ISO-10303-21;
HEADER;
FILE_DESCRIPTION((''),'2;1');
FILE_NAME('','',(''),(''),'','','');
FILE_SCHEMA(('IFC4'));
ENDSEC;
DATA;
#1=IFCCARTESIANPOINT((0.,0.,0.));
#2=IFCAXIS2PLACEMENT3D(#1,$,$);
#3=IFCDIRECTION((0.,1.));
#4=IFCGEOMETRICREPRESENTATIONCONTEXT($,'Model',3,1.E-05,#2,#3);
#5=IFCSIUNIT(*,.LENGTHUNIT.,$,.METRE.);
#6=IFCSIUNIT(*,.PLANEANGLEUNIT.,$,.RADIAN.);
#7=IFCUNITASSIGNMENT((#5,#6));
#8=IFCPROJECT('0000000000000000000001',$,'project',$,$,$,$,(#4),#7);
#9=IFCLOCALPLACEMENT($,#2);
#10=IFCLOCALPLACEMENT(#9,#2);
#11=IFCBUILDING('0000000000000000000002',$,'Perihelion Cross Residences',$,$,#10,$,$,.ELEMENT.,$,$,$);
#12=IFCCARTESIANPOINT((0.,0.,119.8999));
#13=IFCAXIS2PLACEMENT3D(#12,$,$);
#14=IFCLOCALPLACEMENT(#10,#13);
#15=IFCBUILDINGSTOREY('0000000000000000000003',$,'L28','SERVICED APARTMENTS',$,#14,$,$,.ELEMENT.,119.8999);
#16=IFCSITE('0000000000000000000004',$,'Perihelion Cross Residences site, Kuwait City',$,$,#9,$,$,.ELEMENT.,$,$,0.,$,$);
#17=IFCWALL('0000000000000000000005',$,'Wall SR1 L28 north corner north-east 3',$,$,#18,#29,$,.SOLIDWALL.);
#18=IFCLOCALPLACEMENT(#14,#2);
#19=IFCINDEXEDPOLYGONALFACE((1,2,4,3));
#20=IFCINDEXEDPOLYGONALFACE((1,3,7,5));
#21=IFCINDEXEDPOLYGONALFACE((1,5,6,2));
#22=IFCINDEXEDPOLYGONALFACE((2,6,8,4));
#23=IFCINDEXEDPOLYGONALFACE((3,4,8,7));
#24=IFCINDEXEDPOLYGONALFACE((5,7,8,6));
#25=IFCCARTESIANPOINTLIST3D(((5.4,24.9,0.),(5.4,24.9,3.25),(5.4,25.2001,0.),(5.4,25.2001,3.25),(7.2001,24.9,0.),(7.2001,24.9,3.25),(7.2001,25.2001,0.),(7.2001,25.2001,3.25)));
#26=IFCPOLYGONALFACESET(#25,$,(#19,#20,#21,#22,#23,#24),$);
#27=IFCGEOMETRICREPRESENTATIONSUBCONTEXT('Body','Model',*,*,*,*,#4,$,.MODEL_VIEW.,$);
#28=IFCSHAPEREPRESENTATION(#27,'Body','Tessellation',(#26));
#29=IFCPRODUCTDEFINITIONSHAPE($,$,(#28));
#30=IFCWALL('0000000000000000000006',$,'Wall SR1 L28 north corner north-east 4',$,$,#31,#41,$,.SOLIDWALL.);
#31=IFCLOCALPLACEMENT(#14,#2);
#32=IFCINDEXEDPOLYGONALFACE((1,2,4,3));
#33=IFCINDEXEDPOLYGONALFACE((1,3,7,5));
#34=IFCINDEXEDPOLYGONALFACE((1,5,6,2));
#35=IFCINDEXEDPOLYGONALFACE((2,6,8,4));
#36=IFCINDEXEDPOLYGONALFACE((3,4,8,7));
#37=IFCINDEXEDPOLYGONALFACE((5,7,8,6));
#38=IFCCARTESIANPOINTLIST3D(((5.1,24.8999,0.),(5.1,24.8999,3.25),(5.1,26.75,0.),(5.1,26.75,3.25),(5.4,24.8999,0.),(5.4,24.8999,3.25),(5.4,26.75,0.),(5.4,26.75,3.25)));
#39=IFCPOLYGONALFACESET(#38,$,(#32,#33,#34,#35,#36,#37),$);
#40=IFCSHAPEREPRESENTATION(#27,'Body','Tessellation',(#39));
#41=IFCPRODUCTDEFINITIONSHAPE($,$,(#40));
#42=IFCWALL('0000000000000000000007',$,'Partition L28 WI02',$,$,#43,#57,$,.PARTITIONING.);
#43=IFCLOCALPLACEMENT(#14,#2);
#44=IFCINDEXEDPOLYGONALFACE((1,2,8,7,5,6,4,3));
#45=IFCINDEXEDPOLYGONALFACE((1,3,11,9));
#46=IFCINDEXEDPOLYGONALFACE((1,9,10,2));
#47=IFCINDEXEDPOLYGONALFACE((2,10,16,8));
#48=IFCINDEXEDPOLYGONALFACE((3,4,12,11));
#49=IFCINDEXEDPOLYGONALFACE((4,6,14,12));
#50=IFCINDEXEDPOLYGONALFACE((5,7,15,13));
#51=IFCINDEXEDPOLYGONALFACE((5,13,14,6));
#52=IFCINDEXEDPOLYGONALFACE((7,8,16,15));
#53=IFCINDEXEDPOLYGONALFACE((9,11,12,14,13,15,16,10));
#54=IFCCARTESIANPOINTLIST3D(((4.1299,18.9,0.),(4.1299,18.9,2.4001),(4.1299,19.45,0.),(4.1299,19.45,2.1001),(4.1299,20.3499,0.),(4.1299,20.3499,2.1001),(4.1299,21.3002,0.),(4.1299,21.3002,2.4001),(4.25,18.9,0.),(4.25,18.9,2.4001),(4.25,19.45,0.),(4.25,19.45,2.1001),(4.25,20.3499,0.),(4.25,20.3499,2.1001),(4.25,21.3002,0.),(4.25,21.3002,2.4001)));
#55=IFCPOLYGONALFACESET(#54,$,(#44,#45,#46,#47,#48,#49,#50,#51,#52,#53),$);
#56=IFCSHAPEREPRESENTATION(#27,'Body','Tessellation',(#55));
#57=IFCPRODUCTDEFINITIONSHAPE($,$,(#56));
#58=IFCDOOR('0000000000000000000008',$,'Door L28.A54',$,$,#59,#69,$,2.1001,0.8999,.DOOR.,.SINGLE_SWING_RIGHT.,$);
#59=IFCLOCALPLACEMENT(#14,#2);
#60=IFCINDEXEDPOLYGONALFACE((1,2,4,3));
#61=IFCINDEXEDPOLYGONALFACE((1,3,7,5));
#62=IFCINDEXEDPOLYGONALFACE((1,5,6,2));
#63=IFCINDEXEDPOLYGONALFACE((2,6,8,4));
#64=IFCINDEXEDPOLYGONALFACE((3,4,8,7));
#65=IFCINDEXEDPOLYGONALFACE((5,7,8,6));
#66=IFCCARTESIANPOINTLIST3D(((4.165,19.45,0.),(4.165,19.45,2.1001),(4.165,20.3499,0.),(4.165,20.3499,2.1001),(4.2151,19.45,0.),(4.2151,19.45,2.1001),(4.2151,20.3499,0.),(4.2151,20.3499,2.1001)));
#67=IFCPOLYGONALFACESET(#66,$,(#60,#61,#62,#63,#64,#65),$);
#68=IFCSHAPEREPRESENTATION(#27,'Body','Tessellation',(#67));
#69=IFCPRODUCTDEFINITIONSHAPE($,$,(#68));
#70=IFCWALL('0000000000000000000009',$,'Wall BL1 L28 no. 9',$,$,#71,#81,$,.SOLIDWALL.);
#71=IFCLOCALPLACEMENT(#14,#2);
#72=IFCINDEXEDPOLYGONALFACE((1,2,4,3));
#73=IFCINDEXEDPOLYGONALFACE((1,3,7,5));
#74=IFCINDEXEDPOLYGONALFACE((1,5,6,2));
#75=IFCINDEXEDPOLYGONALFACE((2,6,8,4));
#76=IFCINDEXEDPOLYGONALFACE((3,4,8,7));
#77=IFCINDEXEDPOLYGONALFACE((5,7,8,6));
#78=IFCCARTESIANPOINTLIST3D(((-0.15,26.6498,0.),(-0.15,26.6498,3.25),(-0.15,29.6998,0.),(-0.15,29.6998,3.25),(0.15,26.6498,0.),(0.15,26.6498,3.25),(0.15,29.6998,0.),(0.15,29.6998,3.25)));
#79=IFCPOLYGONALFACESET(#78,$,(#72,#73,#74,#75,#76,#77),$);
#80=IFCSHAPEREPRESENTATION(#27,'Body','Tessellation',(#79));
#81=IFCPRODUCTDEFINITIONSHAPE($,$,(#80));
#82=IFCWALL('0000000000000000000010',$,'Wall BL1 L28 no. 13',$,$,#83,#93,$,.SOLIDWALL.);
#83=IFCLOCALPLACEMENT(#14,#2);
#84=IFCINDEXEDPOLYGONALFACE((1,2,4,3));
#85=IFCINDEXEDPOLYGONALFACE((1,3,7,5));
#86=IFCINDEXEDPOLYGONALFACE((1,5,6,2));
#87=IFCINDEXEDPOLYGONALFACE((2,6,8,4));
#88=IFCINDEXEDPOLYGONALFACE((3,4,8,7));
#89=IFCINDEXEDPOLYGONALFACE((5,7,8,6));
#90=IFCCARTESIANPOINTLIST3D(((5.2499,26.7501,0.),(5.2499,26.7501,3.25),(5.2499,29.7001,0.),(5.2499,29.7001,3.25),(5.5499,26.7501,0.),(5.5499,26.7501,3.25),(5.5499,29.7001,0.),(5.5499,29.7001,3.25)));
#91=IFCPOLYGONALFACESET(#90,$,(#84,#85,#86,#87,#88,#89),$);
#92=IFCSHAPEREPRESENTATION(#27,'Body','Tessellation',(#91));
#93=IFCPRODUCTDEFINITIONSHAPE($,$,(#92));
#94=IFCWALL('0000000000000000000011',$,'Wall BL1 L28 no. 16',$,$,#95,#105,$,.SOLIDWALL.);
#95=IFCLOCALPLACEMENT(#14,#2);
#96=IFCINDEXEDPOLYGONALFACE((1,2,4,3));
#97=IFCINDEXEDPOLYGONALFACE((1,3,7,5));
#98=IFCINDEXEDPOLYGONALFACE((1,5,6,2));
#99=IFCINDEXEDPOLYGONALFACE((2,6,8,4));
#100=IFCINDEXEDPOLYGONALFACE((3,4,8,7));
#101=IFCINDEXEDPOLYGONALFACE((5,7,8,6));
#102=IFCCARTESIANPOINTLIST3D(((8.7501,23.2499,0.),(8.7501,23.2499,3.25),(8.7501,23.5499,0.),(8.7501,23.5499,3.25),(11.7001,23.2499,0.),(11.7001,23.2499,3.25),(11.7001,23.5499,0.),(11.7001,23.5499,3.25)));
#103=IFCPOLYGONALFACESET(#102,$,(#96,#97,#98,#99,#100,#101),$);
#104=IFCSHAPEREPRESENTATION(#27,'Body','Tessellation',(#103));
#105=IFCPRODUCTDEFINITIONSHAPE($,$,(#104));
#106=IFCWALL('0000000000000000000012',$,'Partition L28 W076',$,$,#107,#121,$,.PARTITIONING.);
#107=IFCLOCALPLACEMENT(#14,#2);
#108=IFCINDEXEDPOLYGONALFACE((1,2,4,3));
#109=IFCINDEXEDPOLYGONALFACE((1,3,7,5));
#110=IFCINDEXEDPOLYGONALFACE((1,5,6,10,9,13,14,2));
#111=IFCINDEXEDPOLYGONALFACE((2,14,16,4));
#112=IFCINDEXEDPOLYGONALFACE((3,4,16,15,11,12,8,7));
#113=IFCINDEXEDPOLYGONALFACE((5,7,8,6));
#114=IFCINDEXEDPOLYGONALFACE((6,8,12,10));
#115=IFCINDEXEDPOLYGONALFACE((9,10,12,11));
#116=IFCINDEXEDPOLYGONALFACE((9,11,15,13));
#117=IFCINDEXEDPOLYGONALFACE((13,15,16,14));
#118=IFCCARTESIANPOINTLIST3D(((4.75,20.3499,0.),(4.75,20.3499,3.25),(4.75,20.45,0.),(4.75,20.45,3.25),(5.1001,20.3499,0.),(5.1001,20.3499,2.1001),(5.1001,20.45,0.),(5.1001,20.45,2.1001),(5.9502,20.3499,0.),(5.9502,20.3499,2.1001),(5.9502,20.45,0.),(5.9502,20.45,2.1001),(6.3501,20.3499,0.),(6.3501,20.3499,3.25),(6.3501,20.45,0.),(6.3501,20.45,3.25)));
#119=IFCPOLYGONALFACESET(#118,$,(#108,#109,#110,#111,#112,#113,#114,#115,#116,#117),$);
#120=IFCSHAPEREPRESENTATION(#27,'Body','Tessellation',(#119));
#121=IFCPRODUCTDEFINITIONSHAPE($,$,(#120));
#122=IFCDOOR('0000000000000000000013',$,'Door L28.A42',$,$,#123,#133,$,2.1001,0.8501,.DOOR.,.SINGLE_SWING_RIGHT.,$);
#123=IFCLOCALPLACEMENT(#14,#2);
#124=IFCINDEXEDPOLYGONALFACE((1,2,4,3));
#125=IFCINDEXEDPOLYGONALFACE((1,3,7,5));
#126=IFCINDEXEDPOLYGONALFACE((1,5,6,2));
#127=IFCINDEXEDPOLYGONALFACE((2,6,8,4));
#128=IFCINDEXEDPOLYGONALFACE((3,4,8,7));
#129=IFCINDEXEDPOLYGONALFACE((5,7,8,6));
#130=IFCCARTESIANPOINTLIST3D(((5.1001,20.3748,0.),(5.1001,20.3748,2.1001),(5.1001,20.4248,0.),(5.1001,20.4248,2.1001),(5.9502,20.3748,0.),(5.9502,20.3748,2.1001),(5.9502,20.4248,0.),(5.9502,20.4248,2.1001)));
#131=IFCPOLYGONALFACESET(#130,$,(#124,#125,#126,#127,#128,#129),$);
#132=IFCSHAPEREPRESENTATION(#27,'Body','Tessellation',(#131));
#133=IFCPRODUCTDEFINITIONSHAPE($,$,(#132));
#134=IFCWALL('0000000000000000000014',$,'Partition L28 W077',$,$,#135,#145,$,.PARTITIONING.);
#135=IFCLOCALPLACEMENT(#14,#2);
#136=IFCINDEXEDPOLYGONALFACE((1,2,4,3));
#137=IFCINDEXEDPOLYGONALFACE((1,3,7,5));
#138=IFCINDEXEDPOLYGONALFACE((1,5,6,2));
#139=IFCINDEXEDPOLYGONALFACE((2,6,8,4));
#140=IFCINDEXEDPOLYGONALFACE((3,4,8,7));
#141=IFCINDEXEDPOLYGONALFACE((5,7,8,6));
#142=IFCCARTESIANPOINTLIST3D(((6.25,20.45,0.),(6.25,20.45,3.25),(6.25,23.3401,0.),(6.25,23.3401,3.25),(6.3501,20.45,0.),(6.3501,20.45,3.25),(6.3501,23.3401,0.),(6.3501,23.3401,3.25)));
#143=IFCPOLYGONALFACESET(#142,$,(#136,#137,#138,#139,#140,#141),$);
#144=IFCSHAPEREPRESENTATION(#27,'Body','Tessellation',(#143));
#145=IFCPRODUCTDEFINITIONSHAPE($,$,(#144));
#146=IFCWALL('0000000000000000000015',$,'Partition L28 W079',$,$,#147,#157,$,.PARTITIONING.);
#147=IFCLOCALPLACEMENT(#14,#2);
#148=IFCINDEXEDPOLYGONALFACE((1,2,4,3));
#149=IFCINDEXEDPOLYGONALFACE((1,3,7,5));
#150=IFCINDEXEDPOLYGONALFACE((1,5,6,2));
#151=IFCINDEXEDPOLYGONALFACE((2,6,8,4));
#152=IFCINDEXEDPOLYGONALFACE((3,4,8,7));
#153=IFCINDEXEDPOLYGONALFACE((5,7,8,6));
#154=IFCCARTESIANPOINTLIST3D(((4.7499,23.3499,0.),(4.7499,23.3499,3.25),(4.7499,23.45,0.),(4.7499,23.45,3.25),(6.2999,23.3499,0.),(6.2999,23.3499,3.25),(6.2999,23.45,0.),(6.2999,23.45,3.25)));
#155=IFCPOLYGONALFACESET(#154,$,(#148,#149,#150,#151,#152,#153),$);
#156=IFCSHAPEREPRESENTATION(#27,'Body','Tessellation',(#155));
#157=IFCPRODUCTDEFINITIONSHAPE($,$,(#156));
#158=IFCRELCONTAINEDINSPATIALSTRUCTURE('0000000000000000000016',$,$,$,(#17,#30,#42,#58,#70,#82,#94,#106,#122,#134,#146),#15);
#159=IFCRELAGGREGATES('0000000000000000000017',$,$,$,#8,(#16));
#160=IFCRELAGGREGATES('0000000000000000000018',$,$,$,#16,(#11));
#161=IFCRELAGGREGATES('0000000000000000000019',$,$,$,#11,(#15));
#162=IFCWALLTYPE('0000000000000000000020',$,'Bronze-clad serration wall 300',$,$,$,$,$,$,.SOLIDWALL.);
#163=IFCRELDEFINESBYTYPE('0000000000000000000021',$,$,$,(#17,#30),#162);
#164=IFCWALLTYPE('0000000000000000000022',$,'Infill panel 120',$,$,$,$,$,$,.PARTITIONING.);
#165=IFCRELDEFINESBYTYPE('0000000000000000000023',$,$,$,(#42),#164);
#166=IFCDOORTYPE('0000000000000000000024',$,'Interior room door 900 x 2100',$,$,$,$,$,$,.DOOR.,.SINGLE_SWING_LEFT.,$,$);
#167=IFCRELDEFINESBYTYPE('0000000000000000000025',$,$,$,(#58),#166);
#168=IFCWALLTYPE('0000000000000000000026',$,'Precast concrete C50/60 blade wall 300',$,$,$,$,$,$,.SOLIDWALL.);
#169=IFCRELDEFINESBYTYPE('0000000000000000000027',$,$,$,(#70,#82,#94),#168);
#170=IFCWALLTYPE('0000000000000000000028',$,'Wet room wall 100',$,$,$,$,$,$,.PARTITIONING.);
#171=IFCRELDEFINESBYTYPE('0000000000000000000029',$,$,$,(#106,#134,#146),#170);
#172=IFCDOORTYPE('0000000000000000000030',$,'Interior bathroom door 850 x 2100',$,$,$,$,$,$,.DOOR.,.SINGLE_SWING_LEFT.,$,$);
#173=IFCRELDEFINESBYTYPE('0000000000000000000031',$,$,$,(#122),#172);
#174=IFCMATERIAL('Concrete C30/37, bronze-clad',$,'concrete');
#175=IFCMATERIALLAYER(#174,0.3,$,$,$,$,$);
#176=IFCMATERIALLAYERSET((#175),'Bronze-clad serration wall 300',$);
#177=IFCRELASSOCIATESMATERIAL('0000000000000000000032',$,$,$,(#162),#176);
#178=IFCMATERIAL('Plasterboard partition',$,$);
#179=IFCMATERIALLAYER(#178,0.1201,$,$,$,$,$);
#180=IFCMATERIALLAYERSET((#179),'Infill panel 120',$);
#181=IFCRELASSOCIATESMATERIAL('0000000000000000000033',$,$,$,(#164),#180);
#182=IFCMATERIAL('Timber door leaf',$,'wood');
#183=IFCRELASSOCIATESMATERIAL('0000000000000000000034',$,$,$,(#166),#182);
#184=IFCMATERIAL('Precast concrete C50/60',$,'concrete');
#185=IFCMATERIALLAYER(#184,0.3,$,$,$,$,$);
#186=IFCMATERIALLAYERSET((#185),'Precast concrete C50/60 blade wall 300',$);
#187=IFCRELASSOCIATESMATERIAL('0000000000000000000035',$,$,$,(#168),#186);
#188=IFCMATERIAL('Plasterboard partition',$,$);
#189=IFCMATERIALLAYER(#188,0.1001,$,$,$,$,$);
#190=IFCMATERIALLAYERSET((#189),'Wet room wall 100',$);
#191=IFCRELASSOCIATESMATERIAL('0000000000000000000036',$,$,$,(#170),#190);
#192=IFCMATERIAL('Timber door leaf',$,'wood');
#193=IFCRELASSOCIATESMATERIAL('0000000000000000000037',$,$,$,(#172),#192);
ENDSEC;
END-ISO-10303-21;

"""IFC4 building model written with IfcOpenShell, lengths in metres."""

from ifc_helpers import new_model, si_unit, direction, frame, frame_2d, origin, place, context, subcontext, project, spatial, rectangle, extrude, material, layer, layer_set, type_object, element, fill, save


model = new_model("IFC4")

# Units and contexts
model_context = context("Model", 3, precision=1e-05, world=origin(), true_north=direction((0.0, 1.0)))
body_context = subcontext(model_context, "Body", "Model", "MODEL_VIEW")
ifc_project = project(units=[si_unit("LENGTHUNIT", "METRE"), si_unit("PLANEANGLEUNIT", "RADIAN")], contexts=[model_context])

# Site, building, storey
site_placement = place(None, origin())
site = spatial("IfcSite", under=ifc_project, at=site_placement, Name="Perihelion Cross Residences site, Kuwait City", CompositionType="ELEMENT", RefElevation=0.0)
building_placement = place(site_placement, origin())
building = spatial("IfcBuilding", under=site, at=building_placement, Name="Perihelion Cross Residences", CompositionType="ELEMENT")
storey_placement = place(building_placement, frame((0.0, 0.0, 119.8999)))
storey = spatial("IfcBuildingStorey", under=building, at=storey_placement, Name="L28", Description="SERVICED APARTMENTS", CompositionType="ELEMENT", Elevation=119.8999)

# Walls
ifc_material_1 = material(Name="Concrete C30/37, bronze-clad", Category="concrete")
ifc_layer_1 = layer(ifc_material_1, 0.3)
ifc_layer_set_1 = layer_set([ifc_layer_1], Name="Bronze-clad serration wall 300")
wall_type_1 = type_object("IfcWallType", Name="Bronze-clad serration wall 300", PredefinedType="SOLIDWALL", material=ifc_layer_set_1)
wall_1_placement = place(storey_placement, frame((7.2, 25.05, 0.0), z_axis=(0.0, 0.0, 1.0), x_axis=(-1.0, 0.0, 0.0)))
element("IfcWall", 1, at=wall_1_placement, inside=storey, type_object=wall_type_1, Name="Wall SR1 L28 north corner north-east 3", PredefinedType="SOLIDWALL", context=body_context, shape_type="SweptSolid", body=[
    extrude(rectangle(XDim=1.8, YDim=0.3, at=frame_2d((0.8999, 0.0))), origin(), (0.0, 0.0, 1.0), 3.25),
])
wall_2_placement = place(storey_placement, frame((5.25, 24.8999, 0.0), z_axis=(0.0, 0.0, 1.0), x_axis=(0.0, 1.0, 0.0)))
element("IfcWall", 2, at=wall_2_placement, inside=storey, type_object=wall_type_1, Name="Wall SR1 L28 north corner north-east 4", PredefinedType="SOLIDWALL", context=body_context, shape_type="SweptSolid", body=[
    extrude(rectangle(XDim=1.8501, YDim=0.3, at=frame_2d((0.925, 0.0))), origin(), (0.0, 0.0, 1.0), 3.25),
])

# Wall, opening, door
ifc_material_2 = material(Name="Plasterboard partition")
ifc_layer_2 = layer(ifc_material_2, 0.1201)
ifc_layer_set_2 = layer_set([ifc_layer_2], Name="Infill panel 120")
wall_type_2 = type_object("IfcWallType", Name="Infill panel 120", PredefinedType="PARTITIONING", material=ifc_layer_set_2)
wall_3_placement = place(storey_placement, frame((4.1899, 18.8999, 0.0), z_axis=(0.0, 0.0, 1.0), x_axis=(0.0, 1.0, 0.0)))
wall_3 = element("IfcWall", 3, at=wall_3_placement, inside=storey, type_object=wall_type_2, Name="Partition L28 WI02", PredefinedType="PARTITIONING", context=body_context, shape_type="SweptSolid", body=[
    extrude(rectangle(XDim=2.4001, YDim=0.1201, at=frame_2d((1.2002, 0.0))), origin(), (0.0, 0.0, 1.0), 2.4001),
])
opening_1_placement = place(wall_3_placement, frame((0.55, 0.0, 0.0)))
opening_1 = element("IfcOpeningElement", 4, at=opening_1_placement, cuts=wall_3, PredefinedType="OPENING", context=body_context, shape_type="SweptSolid", body=[
    extrude(rectangle(XDim=0.8999, YDim=2.1001, at=frame_2d((0.45, 1.05))), frame((0.0, 0.0701, 0.0), z_axis=(0.0, -1.0, 0.0), x_axis=(1.0, 0.0, 0.0)), (0.0, 0.0, 1.0), 0.1401),
])
ifc_material_3 = material(Name="Timber door leaf", Category="wood")
door_type_1 = type_object("IfcDoorType", Name="Interior room door 900 x 2100", OperationType="SINGLE_SWING_LEFT", PredefinedType="DOOR", material=ifc_material_3)
door_1_placement = place(opening_1_placement, origin())
door_1 = element("IfcDoor", 5, at=door_1_placement, inside=storey, type_object=door_type_1, Name="Door L28.A54", OperationType="SINGLE_SWING_RIGHT", OverallHeight=2.1001, OverallWidth=0.8999, PredefinedType="DOOR", context=body_context, shape_type="SweptSolid", body=[
    extrude(rectangle(XDim=0.8999, YDim=2.1001, at=frame_2d((0.45, 1.05))), frame((0.0, 0.0249, 0.0), z_axis=(0.0, -1.0, 0.0), x_axis=(1.0, 0.0, 0.0)), (0.0, 0.0, 1.0), 0.05),
])
fill(opening_1, door_1)

# Walls
ifc_material_4 = material(Name="Precast concrete C50/60", Category="concrete")
ifc_layer_3 = layer(ifc_material_4, 0.3)
ifc_layer_set_3 = layer_set([ifc_layer_3], Name="Precast concrete C50/60 blade wall 300")
wall_type_3 = type_object("IfcWallType", Name="Precast concrete C50/60 blade wall 300", PredefinedType="SOLIDWALL", material=ifc_layer_set_3)
wall_4_placement = place(storey_placement, frame((0.0, 26.6499, 0.0), z_axis=(0.0, 0.0, 1.0), x_axis=(0.0, 1.0, 0.0)))
element("IfcWall", 6, at=wall_4_placement, inside=storey, type_object=wall_type_3, Name="Wall BL1 L28 no. 9", PredefinedType="SOLIDWALL", context=body_context, shape_type="SweptSolid", body=[
    extrude(rectangle(XDim=3.05, YDim=0.3, at=frame_2d((1.5249, 0.0))), origin(), (0.0, 0.0, 1.0), 3.25),
])
for number, where, z_axis, x_axis, name in (
    (7, (5.3999, 26.75, 0.0), (0.0, 0.0, 1.0), (0.0, 1.0, 0.0), "Wall BL1 L28 no. 13"),
    (8, (8.75, 23.3999, 0.0), (0.0, 0.0, 1.0), (1.0, 0.0, 0.0), "Wall BL1 L28 no. 16"),
):
    element("IfcWall", number, at=place(storey_placement, frame(where, z_axis=z_axis, x_axis=x_axis)), inside=storey, type_object=wall_type_3, Name=name, PredefinedType="SOLIDWALL", context=body_context, shape_type="SweptSolid", body=[
        extrude(rectangle(XDim=2.95, YDim=0.3, at=frame_2d((1.4751, 0.0))), origin(), (0.0, 0.0, 1.0), 3.25),
    ])

# Wall, opening, door
ifc_material_5 = material(Name="Plasterboard partition")
ifc_layer_4 = layer(ifc_material_5, 0.1001)
ifc_layer_set_4 = layer_set([ifc_layer_4], Name="Wet room wall 100")
wall_type_4 = type_object("IfcWallType", Name="Wet room wall 100", PredefinedType="PARTITIONING", material=ifc_layer_set_4)
wall_5_placement = place(storey_placement, frame((4.75, 20.3999, 0.0), z_axis=(0.0, 0.0, 1.0), x_axis=(1.0, 0.0, 0.0)))
wall_5 = element("IfcWall", 9, at=wall_5_placement, inside=storey, type_object=wall_type_4, Name="Partition L28 W076", PredefinedType="PARTITIONING", context=body_context, shape_type="SweptSolid", body=[
    extrude(rectangle(XDim=1.6001, YDim=0.1001, at=frame_2d((0.8, 0.0))), origin(), (0.0, 0.0, 1.0), 3.25),
])
opening_2_placement = place(wall_5_placement, frame((0.3501, 0.0, 0.0)))
opening_2 = element("IfcOpeningElement", 10, at=opening_2_placement, cuts=wall_5, PredefinedType="OPENING", context=body_context, shape_type="SweptSolid", body=[
    extrude(rectangle(XDim=0.8501, YDim=2.1001, at=frame_2d((0.425, 1.05))), frame((0.0, 0.0601, 0.0), z_axis=(0.0, -1.0, 0.0), x_axis=(1.0, 0.0, 0.0)), (0.0, 0.0, 1.0), 0.1201),
])
ifc_material_6 = material(Name="Timber door leaf", Category="wood")
door_type_2 = type_object("IfcDoorType", Name="Interior bathroom door 850 x 2100", OperationType="SINGLE_SWING_LEFT", PredefinedType="DOOR", material=ifc_material_6)
door_2_placement = place(opening_2_placement, origin())
door_2 = element("IfcDoor", 11, at=door_2_placement, inside=storey, type_object=door_type_2, Name="Door L28.A42", OperationType="SINGLE_SWING_RIGHT", OverallHeight=2.1001, OverallWidth=0.8501, PredefinedType="DOOR", context=body_context, shape_type="SweptSolid", body=[
    extrude(rectangle(XDim=0.8501, YDim=2.1001, at=frame_2d((0.425, 1.05))), frame((0.0, 0.0249, 0.0), z_axis=(0.0, -1.0, 0.0), x_axis=(1.0, 0.0, 0.0)), (0.0, 0.0, 1.0), 0.05),
])
fill(opening_2, door_2)

# Walls
wall_6_placement = place(storey_placement, frame((6.3, 20.45, 0.0), z_axis=(0.0, 0.0, 1.0), x_axis=(0.0, 1.0, 0.0)))
element("IfcWall", 12, at=wall_6_placement, inside=storey, type_object=wall_type_4, Name="Partition L28 W077", PredefinedType="PARTITIONING", context=body_context, shape_type="SweptSolid", body=[
    extrude(rectangle(XDim=2.8901, YDim=0.1001, at=frame_2d((1.4451, 0.0))), origin(), (0.0, 0.0, 1.0), 3.25),
])
wall_7_placement = place(storey_placement, frame((4.75, 23.3999, 0.0), z_axis=(0.0, 0.0, 1.0), x_axis=(1.0, 0.0, 0.0)))
element("IfcWall", 13, at=wall_7_placement, inside=storey, type_object=wall_type_4, Name="Partition L28 W079", PredefinedType="PARTITIONING", context=body_context, shape_type="SweptSolid", body=[
    extrude(rectangle(XDim=1.55, YDim=0.1001, at=frame_2d((0.7749, 0.0))), origin(), (0.0, 0.0, 1.0), 3.25),
])

save(model, "model.ifc")
